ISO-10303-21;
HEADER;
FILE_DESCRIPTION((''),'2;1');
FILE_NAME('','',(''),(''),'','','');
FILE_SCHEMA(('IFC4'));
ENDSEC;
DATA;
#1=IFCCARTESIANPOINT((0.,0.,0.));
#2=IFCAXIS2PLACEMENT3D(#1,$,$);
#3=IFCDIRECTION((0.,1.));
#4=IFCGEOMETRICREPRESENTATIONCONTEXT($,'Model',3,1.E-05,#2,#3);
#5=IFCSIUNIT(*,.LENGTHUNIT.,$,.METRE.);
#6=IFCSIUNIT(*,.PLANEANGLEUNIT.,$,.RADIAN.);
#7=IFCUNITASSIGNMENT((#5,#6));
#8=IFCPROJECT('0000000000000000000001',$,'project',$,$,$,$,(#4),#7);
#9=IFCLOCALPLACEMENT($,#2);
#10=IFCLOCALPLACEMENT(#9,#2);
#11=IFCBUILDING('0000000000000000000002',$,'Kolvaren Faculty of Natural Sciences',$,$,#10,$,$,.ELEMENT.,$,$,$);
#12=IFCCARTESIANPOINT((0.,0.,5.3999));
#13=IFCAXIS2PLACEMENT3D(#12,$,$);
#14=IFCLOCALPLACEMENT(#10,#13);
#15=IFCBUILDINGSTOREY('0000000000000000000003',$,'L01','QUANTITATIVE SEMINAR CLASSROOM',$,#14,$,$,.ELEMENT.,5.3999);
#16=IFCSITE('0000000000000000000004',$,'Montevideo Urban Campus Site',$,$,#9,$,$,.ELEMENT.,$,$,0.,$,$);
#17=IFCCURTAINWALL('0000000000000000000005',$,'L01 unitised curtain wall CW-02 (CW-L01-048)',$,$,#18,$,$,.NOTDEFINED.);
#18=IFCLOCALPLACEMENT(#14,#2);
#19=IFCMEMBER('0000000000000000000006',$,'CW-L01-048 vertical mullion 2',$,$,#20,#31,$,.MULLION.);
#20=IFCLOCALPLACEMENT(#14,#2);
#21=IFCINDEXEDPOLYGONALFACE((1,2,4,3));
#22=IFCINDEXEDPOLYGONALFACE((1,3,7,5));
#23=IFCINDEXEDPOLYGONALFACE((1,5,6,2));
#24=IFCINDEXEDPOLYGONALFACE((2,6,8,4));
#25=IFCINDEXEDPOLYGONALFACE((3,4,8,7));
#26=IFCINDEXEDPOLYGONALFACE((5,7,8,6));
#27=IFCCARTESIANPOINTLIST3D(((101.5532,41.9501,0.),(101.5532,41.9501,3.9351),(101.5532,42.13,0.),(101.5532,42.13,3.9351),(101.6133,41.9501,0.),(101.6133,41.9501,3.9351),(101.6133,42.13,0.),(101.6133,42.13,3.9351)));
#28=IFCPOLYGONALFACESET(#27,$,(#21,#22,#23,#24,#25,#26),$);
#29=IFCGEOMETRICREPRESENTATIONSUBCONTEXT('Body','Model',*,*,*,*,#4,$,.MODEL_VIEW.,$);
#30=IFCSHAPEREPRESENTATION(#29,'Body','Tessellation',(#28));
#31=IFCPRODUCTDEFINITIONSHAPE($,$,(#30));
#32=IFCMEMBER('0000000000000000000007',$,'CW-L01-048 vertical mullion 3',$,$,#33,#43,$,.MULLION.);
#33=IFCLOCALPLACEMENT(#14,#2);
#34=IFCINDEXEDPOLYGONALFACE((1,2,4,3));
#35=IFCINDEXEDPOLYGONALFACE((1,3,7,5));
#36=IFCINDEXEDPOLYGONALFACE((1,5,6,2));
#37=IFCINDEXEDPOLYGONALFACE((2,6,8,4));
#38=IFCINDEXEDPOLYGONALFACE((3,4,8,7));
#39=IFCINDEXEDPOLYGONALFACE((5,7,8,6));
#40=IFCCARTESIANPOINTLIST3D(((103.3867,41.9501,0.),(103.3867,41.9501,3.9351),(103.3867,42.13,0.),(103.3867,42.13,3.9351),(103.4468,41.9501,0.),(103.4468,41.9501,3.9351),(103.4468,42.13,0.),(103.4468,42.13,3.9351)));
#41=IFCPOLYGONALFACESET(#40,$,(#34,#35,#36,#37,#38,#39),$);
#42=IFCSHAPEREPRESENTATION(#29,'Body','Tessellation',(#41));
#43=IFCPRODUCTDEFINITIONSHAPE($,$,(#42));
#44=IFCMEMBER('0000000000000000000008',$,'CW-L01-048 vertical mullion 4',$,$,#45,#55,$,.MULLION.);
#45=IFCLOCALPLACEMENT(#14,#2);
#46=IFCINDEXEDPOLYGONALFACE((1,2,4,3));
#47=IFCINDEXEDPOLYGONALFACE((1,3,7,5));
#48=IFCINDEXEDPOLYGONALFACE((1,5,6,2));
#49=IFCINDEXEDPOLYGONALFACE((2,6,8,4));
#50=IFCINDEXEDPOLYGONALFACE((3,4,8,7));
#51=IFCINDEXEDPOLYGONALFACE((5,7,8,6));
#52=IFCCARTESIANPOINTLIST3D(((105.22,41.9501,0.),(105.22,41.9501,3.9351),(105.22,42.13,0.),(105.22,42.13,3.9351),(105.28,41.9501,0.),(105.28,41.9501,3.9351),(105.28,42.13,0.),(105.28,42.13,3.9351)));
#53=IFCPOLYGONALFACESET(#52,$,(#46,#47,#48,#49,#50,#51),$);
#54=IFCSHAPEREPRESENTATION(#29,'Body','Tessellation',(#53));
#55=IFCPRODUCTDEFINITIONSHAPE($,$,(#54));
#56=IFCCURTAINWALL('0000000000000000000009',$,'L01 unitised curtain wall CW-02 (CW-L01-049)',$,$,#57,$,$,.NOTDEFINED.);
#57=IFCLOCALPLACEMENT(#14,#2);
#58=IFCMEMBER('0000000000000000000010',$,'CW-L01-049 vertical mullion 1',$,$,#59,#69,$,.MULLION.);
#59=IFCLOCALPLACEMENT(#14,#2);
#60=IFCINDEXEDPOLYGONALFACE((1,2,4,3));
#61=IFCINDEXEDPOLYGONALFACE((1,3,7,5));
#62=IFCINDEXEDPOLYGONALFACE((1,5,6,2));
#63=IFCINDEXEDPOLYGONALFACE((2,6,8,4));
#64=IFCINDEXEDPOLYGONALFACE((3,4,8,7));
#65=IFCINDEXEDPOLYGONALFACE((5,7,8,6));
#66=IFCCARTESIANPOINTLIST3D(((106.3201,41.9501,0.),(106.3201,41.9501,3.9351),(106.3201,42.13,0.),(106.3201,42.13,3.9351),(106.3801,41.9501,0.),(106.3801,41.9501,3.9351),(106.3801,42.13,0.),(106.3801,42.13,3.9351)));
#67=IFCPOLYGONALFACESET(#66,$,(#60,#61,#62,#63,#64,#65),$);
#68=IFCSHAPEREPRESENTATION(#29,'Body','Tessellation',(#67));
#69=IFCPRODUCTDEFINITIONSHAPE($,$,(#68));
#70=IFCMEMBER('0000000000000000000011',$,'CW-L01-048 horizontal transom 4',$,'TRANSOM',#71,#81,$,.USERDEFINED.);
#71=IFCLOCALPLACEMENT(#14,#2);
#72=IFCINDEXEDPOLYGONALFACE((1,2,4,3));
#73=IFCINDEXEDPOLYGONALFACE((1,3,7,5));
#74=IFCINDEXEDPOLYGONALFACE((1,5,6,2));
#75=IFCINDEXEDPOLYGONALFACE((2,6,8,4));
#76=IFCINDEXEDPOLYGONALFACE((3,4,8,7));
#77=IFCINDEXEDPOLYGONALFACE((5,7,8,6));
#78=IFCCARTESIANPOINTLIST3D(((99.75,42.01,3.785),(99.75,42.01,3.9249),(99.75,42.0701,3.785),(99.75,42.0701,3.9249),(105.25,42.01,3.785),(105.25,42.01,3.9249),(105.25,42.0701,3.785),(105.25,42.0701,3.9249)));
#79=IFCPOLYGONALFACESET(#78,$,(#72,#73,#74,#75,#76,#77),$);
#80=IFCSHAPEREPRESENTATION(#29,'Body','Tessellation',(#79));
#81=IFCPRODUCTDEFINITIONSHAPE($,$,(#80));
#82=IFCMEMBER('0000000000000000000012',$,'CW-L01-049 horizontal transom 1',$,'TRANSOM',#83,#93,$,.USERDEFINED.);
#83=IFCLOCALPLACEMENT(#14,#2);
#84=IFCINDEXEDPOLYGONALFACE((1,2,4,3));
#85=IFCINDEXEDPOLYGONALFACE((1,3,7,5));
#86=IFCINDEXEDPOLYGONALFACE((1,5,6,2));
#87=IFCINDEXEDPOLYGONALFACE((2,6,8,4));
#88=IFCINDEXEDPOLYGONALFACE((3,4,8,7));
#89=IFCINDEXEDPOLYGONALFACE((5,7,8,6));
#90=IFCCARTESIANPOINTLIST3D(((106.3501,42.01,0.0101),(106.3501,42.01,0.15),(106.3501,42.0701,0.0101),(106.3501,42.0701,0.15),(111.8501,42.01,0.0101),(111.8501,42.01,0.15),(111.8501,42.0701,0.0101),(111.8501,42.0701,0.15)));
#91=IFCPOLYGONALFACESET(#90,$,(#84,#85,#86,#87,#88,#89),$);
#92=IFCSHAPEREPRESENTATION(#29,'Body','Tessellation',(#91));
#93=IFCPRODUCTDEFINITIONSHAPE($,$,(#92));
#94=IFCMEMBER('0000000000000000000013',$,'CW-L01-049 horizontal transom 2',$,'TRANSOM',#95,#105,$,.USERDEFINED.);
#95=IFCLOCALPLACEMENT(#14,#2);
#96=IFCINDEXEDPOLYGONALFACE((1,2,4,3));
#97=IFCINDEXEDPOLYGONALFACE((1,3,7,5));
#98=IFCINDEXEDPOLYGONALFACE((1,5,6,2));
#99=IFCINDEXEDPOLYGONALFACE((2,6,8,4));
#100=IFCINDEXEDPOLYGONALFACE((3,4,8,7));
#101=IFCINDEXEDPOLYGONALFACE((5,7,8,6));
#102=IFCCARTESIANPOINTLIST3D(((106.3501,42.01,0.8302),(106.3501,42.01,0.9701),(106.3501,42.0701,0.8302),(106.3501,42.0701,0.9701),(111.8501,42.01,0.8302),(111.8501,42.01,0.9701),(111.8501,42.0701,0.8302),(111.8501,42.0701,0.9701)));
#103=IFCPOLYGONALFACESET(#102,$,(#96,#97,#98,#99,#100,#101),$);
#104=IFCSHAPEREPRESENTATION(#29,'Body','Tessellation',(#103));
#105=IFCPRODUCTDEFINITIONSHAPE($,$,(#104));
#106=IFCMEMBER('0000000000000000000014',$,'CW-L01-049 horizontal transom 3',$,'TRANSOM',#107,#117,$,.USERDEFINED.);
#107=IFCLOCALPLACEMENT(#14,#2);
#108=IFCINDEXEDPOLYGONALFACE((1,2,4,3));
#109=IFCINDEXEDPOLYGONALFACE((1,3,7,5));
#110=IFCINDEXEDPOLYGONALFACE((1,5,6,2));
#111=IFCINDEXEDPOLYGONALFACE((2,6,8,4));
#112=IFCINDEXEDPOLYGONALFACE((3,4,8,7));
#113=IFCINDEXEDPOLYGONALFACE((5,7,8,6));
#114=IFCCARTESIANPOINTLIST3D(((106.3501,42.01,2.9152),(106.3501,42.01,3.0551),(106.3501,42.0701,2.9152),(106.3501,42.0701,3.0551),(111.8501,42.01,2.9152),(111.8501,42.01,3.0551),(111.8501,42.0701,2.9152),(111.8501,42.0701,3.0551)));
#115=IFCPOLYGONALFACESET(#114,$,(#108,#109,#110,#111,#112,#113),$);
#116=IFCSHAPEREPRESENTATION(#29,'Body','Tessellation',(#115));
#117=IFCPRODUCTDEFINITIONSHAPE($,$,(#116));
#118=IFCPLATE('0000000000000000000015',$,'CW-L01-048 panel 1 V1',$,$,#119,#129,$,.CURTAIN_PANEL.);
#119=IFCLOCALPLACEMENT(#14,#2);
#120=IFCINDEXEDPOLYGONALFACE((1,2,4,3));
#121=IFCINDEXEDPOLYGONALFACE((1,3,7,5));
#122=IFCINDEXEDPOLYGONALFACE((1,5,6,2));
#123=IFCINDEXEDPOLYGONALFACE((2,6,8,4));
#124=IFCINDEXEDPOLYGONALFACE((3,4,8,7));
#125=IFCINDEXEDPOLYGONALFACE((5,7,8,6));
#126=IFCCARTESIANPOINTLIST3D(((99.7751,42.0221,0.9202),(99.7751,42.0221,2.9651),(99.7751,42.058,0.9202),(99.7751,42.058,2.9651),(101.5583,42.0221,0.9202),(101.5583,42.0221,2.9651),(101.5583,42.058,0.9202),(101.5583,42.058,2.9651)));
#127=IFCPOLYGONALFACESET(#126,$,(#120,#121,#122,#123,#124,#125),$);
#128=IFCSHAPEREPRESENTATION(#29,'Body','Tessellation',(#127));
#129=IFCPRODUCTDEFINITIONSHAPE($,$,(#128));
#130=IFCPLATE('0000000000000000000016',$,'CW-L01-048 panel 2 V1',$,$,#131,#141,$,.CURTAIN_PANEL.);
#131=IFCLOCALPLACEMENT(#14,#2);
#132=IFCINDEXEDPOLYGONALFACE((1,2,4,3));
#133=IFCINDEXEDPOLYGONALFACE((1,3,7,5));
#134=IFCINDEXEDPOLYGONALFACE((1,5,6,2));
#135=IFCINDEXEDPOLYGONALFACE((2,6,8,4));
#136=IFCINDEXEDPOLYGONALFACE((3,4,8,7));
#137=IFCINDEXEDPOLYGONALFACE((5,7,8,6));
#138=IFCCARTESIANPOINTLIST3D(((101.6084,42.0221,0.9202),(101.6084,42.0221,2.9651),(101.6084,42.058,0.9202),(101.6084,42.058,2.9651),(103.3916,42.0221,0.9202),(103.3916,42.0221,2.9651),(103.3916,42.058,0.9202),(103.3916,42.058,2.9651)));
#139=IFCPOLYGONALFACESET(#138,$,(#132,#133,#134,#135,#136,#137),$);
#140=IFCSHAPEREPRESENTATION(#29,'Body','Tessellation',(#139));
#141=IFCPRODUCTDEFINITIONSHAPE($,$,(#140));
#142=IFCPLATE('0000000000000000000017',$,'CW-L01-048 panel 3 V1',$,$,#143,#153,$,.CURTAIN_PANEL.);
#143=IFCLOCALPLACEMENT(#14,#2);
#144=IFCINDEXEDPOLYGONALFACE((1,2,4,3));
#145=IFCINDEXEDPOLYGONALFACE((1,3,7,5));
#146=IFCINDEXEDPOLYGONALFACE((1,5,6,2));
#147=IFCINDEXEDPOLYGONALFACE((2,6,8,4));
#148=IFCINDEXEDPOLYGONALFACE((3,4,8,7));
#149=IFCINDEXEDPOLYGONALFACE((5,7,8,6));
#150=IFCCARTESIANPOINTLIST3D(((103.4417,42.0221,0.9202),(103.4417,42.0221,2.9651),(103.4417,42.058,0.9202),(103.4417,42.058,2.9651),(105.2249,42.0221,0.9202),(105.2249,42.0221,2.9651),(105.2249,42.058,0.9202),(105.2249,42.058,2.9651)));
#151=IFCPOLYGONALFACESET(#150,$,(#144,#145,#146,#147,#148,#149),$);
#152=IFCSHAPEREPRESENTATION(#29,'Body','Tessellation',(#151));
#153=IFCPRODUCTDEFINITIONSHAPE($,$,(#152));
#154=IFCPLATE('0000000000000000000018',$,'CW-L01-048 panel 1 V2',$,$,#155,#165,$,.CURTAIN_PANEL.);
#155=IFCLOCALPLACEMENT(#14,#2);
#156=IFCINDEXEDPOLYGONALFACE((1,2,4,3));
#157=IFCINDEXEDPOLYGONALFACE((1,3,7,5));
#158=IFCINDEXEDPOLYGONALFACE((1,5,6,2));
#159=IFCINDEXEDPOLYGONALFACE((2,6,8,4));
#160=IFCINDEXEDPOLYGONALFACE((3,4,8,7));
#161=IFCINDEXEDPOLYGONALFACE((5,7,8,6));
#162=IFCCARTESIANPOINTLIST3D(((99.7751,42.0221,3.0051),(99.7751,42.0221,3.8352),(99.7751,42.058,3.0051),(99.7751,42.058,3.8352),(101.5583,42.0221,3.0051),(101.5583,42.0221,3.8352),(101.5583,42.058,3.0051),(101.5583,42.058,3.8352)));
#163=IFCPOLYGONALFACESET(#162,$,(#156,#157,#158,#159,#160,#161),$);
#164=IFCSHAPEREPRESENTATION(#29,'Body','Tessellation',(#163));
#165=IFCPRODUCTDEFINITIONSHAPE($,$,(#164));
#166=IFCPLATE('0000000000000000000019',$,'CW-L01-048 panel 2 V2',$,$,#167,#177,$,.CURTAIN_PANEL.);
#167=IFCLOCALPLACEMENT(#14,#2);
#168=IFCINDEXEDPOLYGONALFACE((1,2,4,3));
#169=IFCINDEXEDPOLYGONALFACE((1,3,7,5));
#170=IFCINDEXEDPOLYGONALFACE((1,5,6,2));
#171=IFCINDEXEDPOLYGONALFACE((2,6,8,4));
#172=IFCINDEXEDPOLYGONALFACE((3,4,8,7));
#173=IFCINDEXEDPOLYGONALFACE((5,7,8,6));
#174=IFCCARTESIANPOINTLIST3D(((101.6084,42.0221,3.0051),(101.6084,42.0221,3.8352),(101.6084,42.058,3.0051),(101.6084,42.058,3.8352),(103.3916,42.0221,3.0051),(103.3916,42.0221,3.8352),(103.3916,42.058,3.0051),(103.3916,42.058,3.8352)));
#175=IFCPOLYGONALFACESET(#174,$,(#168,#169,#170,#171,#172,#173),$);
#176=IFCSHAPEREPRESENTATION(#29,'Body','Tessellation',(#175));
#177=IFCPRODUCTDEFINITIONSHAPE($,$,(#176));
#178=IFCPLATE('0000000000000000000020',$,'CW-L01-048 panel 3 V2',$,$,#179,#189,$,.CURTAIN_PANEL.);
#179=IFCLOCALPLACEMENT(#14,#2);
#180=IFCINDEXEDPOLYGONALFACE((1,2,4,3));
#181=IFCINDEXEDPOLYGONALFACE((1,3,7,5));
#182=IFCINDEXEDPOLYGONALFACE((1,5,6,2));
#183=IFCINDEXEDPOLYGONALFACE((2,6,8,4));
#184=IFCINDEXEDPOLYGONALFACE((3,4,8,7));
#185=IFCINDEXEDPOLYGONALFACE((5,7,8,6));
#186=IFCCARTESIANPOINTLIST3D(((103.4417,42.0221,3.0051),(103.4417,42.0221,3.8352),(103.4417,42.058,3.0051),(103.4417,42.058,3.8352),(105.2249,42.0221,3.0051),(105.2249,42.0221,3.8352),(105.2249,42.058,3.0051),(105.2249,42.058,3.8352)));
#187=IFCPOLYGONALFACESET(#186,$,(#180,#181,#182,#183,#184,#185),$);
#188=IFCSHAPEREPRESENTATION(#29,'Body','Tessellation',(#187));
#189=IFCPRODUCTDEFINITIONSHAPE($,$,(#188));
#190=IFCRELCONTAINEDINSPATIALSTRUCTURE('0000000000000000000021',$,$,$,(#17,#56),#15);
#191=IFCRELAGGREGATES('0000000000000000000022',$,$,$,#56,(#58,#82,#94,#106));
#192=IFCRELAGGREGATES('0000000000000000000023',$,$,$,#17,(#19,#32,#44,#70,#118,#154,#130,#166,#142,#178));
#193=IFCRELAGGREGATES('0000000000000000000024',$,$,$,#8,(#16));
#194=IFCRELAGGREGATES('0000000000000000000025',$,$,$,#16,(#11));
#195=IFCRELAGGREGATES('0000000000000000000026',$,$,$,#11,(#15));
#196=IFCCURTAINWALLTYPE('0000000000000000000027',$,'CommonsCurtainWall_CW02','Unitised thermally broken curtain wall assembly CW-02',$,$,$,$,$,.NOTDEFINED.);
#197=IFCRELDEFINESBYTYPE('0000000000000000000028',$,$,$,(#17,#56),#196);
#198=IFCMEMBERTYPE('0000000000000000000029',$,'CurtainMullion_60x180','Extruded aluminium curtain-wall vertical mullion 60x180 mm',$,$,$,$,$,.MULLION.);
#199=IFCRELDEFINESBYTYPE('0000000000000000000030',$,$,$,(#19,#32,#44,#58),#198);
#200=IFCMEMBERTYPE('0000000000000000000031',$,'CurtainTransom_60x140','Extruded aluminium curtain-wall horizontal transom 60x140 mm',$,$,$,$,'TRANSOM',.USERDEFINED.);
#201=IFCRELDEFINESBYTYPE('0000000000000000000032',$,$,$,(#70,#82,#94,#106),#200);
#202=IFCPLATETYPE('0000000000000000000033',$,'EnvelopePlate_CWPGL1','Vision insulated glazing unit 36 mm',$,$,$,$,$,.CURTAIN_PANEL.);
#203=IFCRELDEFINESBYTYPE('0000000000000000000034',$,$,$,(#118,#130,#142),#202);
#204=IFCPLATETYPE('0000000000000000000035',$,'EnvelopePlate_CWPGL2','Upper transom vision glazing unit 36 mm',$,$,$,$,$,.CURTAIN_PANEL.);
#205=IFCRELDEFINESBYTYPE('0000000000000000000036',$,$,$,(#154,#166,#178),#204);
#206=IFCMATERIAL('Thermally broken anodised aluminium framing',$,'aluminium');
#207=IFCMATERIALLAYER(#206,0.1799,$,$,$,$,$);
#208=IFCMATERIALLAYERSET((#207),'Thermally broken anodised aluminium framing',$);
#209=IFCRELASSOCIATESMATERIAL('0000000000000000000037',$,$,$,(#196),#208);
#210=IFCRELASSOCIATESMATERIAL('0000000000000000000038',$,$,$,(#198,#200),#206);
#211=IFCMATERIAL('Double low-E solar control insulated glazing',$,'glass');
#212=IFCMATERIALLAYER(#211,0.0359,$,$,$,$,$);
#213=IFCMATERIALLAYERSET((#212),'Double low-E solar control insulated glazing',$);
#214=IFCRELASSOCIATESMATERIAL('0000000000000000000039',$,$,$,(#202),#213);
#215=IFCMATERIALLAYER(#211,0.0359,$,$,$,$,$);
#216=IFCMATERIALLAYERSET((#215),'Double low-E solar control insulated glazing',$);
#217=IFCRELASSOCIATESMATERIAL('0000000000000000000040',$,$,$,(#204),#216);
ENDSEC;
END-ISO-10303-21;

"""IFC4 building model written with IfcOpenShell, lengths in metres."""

from ifc_helpers import new_model, si_unit, direction, frame, origin, origin_2d, place, context, subcontext, project, spatial, rectangle, extrude, material, layer, layer_set, material_profile, profile_set, type_object, element, aggregate, save


model = new_model("IFC4")

# Units and contexts
model_context = context("Model", 3, precision=1e-05, world=origin(), true_north=direction((0.0, 1.0)))
body_context = subcontext(model_context, "Body", "Model", "MODEL_VIEW")
ifc_project = project(units=[si_unit("LENGTHUNIT", "METRE"), si_unit("PLANEANGLEUNIT", "RADIAN")], contexts=[model_context])

# Site, building, storey
site_placement = place(None, origin())
site = spatial("IfcSite", under=ifc_project, at=site_placement, Name="Montevideo Urban Campus Site", CompositionType="ELEMENT", RefElevation=0.0)
building_placement = place(site_placement, origin())
building = spatial("IfcBuilding", under=site, at=building_placement, Name="Kolvaren Faculty of Natural Sciences", CompositionType="ELEMENT")
storey_placement = place(building_placement, frame((0.0, 0.0, 5.3999)))
storey = spatial("IfcBuildingStorey", under=building, at=storey_placement, Name="L01", Description="QUANTITATIVE SEMINAR CLASSROOM", CompositionType="ELEMENT", Elevation=5.3999)

# Curtain wall, members
ifc_material_1 = material(Name="Thermally broken anodised aluminium framing", Category="aluminium")
ifc_layer_1 = layer(ifc_material_1, 0.1799)
ifc_layer_set_1 = layer_set([ifc_layer_1], Name="Thermally broken anodised aluminium framing")
curtain_wall_type = type_object("IfcCurtainWallType", Name="CommonsCurtainWall_CW02", Description="Unitised thermally broken curtain wall assembly CW-02", PredefinedType="NOTDEFINED", material=ifc_layer_set_1)
curtain_wall_1_placement = place(storey_placement, origin())
curtain_wall_1 = element("IfcCurtainWall", 1, at=curtain_wall_1_placement, inside=storey, type_object=curtain_wall_type, Name="L01 unitised curtain wall CW-02 (CW-L01-048)", PredefinedType="NOTDEFINED")
ifc_material_profile_1 = material_profile(ifc_material_1, rectangle(XDim=0.0601, YDim=0.1799, at=origin_2d()), Name="ALU MUL 60x180")
ifc_profile_set_1 = profile_set([ifc_material_profile_1], Name="Thermally broken anodised aluminium framing")
member_type_1 = type_object("IfcMemberType", Name="CurtainMullion_60x180", Description="Extruded aluminium curtain-wall vertical mullion 60x180 mm", PredefinedType="MULLION", material=ifc_profile_set_1)
member_1_placement = place(storey_placement, frame((101.5833, 42.04, 0.0), z_axis=(0.0, 0.0, 1.0), x_axis=(1.0, 0.0, 0.0)))
member_1 = element("IfcMember", 2, at=member_1_placement, type_object=member_type_1, Name="CW-L01-048 vertical mullion 2", PredefinedType="MULLION", context=body_context, shape_type="SweptSolid", body=[
    extrude(rectangle(XDim=0.0601, YDim=0.1799, at=origin_2d()), origin(), (0.0, 0.0, 1.0), 3.9351),
])
member_2_placement = place(storey_placement, frame((103.4167, 42.04, 0.0), z_axis=(0.0, 0.0, 1.0), x_axis=(1.0, 0.0, 0.0)))
member_2 = element("IfcMember", 3, at=member_2_placement, type_object=member_type_1, Name="CW-L01-048 vertical mullion 3", PredefinedType="MULLION", context=body_context, shape_type="SweptSolid", body=[
    extrude(rectangle(XDim=0.0601, YDim=0.1799, at=origin_2d()), origin(), (0.0, 0.0, 1.0), 3.9351),
])
member_3_placement = place(storey_placement, frame((105.25, 42.04, 0.0), z_axis=(0.0, 0.0, 1.0), x_axis=(1.0, 0.0, 0.0)))
member_3 = element("IfcMember", 4, at=member_3_placement, type_object=member_type_1, Name="CW-L01-048 vertical mullion 4", PredefinedType="MULLION", context=body_context, shape_type="SweptSolid", body=[
    extrude(rectangle(XDim=0.0601, YDim=0.1799, at=origin_2d()), origin(), (0.0, 0.0, 1.0), 3.9351),
])

# Curtain wall, member
curtain_wall_2_placement = place(storey_placement, origin())
curtain_wall_2 = element("IfcCurtainWall", 5, at=curtain_wall_2_placement, inside=storey, type_object=curtain_wall_type, Name="L01 unitised curtain wall CW-02 (CW-L01-049)", PredefinedType="NOTDEFINED")
member_4_placement = place(storey_placement, frame((106.3501, 42.04, 0.0), z_axis=(0.0, 0.0, 1.0), x_axis=(1.0, 0.0, 0.0)))
member_4 = element("IfcMember", 6, at=member_4_placement, type_object=member_type_1, Name="CW-L01-049 vertical mullion 1", PredefinedType="MULLION", context=body_context, shape_type="SweptSolid", body=[
    extrude(rectangle(XDim=0.0601, YDim=0.1799, at=origin_2d()), origin(), (0.0, 0.0, 1.0), 3.9351),
])

# Members
ifc_material_profile_2 = material_profile(ifc_material_1, rectangle(XDim=0.0601, YDim=0.1399, at=origin_2d()), Name="ALU TRN 60x140")
ifc_profile_set_2 = profile_set([ifc_material_profile_2], Name="Thermally broken anodised aluminium framing")
member_type_2 = type_object("IfcMemberType", Name="CurtainTransom_60x140", Description="Extruded aluminium curtain-wall horizontal transom 60x140 mm", ElementType="TRANSOM", PredefinedType="USERDEFINED", material=ifc_profile_set_2)
member_5_placement = place(storey_placement, frame((99.75, 42.04, 3.855), z_axis=(1.0, 0.0, 0.0), x_axis=(0.0, 1.0, 0.0)))
member_5 = element("IfcMember", 7, at=member_5_placement, type_object=member_type_2, Name="CW-L01-048 horizontal transom 4", ObjectType="TRANSOM", PredefinedType="USERDEFINED", context=body_context, shape_type="SweptSolid", body=[
    extrude(rectangle(XDim=0.0601, YDim=0.1399, at=origin_2d()), origin(), (0.0, 0.0, 1.0), 5.5),
])
member_6_placement = place(storey_placement, frame((106.3501, 42.04, 0.0801), z_axis=(1.0, 0.0, 0.0), x_axis=(0.0, 1.0, 0.0)))
member_6 = element("IfcMember", 8, at=member_6_placement, type_object=member_type_2, Name="CW-L01-049 horizontal transom 1", ObjectType="TRANSOM", PredefinedType="USERDEFINED", context=body_context, shape_type="SweptSolid", body=[
    extrude(rectangle(XDim=0.0601, YDim=0.1399, at=origin_2d()), origin(), (0.0, 0.0, 1.0), 5.5),
])
member_7_placement = place(storey_placement, frame((106.3501, 42.04, 0.9001), z_axis=(1.0, 0.0, 0.0), x_axis=(0.0, 1.0, 0.0)))
member_7 = element("IfcMember", 9, at=member_7_placement, type_object=member_type_2, Name="CW-L01-049 horizontal transom 2", ObjectType="TRANSOM", PredefinedType="USERDEFINED", context=body_context, shape_type="SweptSolid", body=[
    extrude(rectangle(XDim=0.0601, YDim=0.1399, at=origin_2d()), origin(), (0.0, 0.0, 1.0), 5.5),
])
member_8_placement = place(storey_placement, frame((106.3501, 42.04, 2.9851), z_axis=(1.0, 0.0, 0.0), x_axis=(0.0, 1.0, 0.0)))
member_8 = element("IfcMember", 10, at=member_8_placement, type_object=member_type_2, Name="CW-L01-049 horizontal transom 3", ObjectType="TRANSOM", PredefinedType="USERDEFINED", context=body_context, shape_type="SweptSolid", body=[
    extrude(rectangle(XDim=0.0601, YDim=0.1399, at=origin_2d()), origin(), (0.0, 0.0, 1.0), 5.5),
])
aggregate(curtain_wall_2, [member_4, member_6, member_7, member_8])

# Plates
ifc_material_2 = material(Name="Double low-E solar control insulated glazing", Category="glass")
ifc_layer_2 = layer(ifc_material_2, 0.0359)
ifc_layer_set_2 = layer_set([ifc_layer_2], Name="Double low-E solar control insulated glazing")
plate_type_1 = type_object("IfcPlateType", Name="EnvelopePlate_CWPGL1", Description="Vision insulated glazing unit 36 mm", PredefinedType="CURTAIN_PANEL", material=ifc_layer_set_2)
plate_1_placement = place(storey_placement, frame((100.6667, 42.04, 0.9202), z_axis=(0.0, 0.0, 1.0), x_axis=(1.0, 0.0, 0.0)))
plate_1 = element("IfcPlate", 11, at=plate_1_placement, type_object=plate_type_1, Name="CW-L01-048 panel 1 V1", PredefinedType="CURTAIN_PANEL", context=body_context, shape_type="SweptSolid", body=[
    extrude(rectangle(XDim=1.7832, YDim=0.0359, at=origin_2d()), origin(), (0.0, 0.0, 1.0), 2.0449),
])
plate_2_placement = place(storey_placement, frame((102.5, 42.04, 0.9202), z_axis=(0.0, 0.0, 1.0), x_axis=(1.0, 0.0, 0.0)))
plate_2 = element("IfcPlate", 12, at=plate_2_placement, type_object=plate_type_1, Name="CW-L01-048 panel 2 V1", PredefinedType="CURTAIN_PANEL", context=body_context, shape_type="SweptSolid", body=[
    extrude(rectangle(XDim=1.7832, YDim=0.0359, at=origin_2d()), origin(), (0.0, 0.0, 1.0), 2.0449),
])
plate_3_placement = place(storey_placement, frame((104.3333, 42.04, 0.9202), z_axis=(0.0, 0.0, 1.0), x_axis=(1.0, 0.0, 0.0)))
plate_3 = element("IfcPlate", 13, at=plate_3_placement, type_object=plate_type_1, Name="CW-L01-048 panel 3 V1", PredefinedType="CURTAIN_PANEL", context=body_context, shape_type="SweptSolid", body=[
    extrude(rectangle(XDim=1.7832, YDim=0.0359, at=origin_2d()), origin(), (0.0, 0.0, 1.0), 2.0449),
])
ifc_layer_3 = layer(ifc_material_2, 0.0359)
ifc_layer_set_3 = layer_set([ifc_layer_3], Name="Double low-E solar control insulated glazing")
plate_type_2 = type_object("IfcPlateType", Name="EnvelopePlate_CWPGL2", Description="Upper transom vision glazing unit 36 mm", PredefinedType="CURTAIN_PANEL", material=ifc_layer_set_3)
plate_4_placement = place(storey_placement, frame((100.6667, 42.04, 3.0051), z_axis=(0.0, 0.0, 1.0), x_axis=(1.0, 0.0, 0.0)))
plate_4 = element("IfcPlate", 14, at=plate_4_placement, type_object=plate_type_2, Name="CW-L01-048 panel 1 V2", PredefinedType="CURTAIN_PANEL", context=body_context, shape_type="SweptSolid", body=[
    extrude(rectangle(XDim=1.7832, YDim=0.0359, at=origin_2d()), origin(), (0.0, 0.0, 1.0), 0.8301),
])
plate_5_placement = place(storey_placement, frame((102.5, 42.04, 3.0051), z_axis=(0.0, 0.0, 1.0), x_axis=(1.0, 0.0, 0.0)))
plate_5 = element("IfcPlate", 15, at=plate_5_placement, type_object=plate_type_2, Name="CW-L01-048 panel 2 V2", PredefinedType="CURTAIN_PANEL", context=body_context, shape_type="SweptSolid", body=[
    extrude(rectangle(XDim=1.7832, YDim=0.0359, at=origin_2d()), origin(), (0.0, 0.0, 1.0), 0.8301),
])
plate_6_placement = place(storey_placement, frame((104.3333, 42.04, 3.0051), z_axis=(0.0, 0.0, 1.0), x_axis=(1.0, 0.0, 0.0)))
plate_6 = element("IfcPlate", 16, at=plate_6_placement, type_object=plate_type_2, Name="CW-L01-048 panel 3 V2", PredefinedType="CURTAIN_PANEL", context=body_context, shape_type="SweptSolid", body=[
    extrude(rectangle(XDim=1.7832, YDim=0.0359, at=origin_2d()), origin(), (0.0, 0.0, 1.0), 0.8301),
])
aggregate(curtain_wall_1, [member_1, member_2, member_3, member_5, plate_1, plate_4, plate_2, plate_5, plate_3, plate_6])

save(model, "model.ifc")
